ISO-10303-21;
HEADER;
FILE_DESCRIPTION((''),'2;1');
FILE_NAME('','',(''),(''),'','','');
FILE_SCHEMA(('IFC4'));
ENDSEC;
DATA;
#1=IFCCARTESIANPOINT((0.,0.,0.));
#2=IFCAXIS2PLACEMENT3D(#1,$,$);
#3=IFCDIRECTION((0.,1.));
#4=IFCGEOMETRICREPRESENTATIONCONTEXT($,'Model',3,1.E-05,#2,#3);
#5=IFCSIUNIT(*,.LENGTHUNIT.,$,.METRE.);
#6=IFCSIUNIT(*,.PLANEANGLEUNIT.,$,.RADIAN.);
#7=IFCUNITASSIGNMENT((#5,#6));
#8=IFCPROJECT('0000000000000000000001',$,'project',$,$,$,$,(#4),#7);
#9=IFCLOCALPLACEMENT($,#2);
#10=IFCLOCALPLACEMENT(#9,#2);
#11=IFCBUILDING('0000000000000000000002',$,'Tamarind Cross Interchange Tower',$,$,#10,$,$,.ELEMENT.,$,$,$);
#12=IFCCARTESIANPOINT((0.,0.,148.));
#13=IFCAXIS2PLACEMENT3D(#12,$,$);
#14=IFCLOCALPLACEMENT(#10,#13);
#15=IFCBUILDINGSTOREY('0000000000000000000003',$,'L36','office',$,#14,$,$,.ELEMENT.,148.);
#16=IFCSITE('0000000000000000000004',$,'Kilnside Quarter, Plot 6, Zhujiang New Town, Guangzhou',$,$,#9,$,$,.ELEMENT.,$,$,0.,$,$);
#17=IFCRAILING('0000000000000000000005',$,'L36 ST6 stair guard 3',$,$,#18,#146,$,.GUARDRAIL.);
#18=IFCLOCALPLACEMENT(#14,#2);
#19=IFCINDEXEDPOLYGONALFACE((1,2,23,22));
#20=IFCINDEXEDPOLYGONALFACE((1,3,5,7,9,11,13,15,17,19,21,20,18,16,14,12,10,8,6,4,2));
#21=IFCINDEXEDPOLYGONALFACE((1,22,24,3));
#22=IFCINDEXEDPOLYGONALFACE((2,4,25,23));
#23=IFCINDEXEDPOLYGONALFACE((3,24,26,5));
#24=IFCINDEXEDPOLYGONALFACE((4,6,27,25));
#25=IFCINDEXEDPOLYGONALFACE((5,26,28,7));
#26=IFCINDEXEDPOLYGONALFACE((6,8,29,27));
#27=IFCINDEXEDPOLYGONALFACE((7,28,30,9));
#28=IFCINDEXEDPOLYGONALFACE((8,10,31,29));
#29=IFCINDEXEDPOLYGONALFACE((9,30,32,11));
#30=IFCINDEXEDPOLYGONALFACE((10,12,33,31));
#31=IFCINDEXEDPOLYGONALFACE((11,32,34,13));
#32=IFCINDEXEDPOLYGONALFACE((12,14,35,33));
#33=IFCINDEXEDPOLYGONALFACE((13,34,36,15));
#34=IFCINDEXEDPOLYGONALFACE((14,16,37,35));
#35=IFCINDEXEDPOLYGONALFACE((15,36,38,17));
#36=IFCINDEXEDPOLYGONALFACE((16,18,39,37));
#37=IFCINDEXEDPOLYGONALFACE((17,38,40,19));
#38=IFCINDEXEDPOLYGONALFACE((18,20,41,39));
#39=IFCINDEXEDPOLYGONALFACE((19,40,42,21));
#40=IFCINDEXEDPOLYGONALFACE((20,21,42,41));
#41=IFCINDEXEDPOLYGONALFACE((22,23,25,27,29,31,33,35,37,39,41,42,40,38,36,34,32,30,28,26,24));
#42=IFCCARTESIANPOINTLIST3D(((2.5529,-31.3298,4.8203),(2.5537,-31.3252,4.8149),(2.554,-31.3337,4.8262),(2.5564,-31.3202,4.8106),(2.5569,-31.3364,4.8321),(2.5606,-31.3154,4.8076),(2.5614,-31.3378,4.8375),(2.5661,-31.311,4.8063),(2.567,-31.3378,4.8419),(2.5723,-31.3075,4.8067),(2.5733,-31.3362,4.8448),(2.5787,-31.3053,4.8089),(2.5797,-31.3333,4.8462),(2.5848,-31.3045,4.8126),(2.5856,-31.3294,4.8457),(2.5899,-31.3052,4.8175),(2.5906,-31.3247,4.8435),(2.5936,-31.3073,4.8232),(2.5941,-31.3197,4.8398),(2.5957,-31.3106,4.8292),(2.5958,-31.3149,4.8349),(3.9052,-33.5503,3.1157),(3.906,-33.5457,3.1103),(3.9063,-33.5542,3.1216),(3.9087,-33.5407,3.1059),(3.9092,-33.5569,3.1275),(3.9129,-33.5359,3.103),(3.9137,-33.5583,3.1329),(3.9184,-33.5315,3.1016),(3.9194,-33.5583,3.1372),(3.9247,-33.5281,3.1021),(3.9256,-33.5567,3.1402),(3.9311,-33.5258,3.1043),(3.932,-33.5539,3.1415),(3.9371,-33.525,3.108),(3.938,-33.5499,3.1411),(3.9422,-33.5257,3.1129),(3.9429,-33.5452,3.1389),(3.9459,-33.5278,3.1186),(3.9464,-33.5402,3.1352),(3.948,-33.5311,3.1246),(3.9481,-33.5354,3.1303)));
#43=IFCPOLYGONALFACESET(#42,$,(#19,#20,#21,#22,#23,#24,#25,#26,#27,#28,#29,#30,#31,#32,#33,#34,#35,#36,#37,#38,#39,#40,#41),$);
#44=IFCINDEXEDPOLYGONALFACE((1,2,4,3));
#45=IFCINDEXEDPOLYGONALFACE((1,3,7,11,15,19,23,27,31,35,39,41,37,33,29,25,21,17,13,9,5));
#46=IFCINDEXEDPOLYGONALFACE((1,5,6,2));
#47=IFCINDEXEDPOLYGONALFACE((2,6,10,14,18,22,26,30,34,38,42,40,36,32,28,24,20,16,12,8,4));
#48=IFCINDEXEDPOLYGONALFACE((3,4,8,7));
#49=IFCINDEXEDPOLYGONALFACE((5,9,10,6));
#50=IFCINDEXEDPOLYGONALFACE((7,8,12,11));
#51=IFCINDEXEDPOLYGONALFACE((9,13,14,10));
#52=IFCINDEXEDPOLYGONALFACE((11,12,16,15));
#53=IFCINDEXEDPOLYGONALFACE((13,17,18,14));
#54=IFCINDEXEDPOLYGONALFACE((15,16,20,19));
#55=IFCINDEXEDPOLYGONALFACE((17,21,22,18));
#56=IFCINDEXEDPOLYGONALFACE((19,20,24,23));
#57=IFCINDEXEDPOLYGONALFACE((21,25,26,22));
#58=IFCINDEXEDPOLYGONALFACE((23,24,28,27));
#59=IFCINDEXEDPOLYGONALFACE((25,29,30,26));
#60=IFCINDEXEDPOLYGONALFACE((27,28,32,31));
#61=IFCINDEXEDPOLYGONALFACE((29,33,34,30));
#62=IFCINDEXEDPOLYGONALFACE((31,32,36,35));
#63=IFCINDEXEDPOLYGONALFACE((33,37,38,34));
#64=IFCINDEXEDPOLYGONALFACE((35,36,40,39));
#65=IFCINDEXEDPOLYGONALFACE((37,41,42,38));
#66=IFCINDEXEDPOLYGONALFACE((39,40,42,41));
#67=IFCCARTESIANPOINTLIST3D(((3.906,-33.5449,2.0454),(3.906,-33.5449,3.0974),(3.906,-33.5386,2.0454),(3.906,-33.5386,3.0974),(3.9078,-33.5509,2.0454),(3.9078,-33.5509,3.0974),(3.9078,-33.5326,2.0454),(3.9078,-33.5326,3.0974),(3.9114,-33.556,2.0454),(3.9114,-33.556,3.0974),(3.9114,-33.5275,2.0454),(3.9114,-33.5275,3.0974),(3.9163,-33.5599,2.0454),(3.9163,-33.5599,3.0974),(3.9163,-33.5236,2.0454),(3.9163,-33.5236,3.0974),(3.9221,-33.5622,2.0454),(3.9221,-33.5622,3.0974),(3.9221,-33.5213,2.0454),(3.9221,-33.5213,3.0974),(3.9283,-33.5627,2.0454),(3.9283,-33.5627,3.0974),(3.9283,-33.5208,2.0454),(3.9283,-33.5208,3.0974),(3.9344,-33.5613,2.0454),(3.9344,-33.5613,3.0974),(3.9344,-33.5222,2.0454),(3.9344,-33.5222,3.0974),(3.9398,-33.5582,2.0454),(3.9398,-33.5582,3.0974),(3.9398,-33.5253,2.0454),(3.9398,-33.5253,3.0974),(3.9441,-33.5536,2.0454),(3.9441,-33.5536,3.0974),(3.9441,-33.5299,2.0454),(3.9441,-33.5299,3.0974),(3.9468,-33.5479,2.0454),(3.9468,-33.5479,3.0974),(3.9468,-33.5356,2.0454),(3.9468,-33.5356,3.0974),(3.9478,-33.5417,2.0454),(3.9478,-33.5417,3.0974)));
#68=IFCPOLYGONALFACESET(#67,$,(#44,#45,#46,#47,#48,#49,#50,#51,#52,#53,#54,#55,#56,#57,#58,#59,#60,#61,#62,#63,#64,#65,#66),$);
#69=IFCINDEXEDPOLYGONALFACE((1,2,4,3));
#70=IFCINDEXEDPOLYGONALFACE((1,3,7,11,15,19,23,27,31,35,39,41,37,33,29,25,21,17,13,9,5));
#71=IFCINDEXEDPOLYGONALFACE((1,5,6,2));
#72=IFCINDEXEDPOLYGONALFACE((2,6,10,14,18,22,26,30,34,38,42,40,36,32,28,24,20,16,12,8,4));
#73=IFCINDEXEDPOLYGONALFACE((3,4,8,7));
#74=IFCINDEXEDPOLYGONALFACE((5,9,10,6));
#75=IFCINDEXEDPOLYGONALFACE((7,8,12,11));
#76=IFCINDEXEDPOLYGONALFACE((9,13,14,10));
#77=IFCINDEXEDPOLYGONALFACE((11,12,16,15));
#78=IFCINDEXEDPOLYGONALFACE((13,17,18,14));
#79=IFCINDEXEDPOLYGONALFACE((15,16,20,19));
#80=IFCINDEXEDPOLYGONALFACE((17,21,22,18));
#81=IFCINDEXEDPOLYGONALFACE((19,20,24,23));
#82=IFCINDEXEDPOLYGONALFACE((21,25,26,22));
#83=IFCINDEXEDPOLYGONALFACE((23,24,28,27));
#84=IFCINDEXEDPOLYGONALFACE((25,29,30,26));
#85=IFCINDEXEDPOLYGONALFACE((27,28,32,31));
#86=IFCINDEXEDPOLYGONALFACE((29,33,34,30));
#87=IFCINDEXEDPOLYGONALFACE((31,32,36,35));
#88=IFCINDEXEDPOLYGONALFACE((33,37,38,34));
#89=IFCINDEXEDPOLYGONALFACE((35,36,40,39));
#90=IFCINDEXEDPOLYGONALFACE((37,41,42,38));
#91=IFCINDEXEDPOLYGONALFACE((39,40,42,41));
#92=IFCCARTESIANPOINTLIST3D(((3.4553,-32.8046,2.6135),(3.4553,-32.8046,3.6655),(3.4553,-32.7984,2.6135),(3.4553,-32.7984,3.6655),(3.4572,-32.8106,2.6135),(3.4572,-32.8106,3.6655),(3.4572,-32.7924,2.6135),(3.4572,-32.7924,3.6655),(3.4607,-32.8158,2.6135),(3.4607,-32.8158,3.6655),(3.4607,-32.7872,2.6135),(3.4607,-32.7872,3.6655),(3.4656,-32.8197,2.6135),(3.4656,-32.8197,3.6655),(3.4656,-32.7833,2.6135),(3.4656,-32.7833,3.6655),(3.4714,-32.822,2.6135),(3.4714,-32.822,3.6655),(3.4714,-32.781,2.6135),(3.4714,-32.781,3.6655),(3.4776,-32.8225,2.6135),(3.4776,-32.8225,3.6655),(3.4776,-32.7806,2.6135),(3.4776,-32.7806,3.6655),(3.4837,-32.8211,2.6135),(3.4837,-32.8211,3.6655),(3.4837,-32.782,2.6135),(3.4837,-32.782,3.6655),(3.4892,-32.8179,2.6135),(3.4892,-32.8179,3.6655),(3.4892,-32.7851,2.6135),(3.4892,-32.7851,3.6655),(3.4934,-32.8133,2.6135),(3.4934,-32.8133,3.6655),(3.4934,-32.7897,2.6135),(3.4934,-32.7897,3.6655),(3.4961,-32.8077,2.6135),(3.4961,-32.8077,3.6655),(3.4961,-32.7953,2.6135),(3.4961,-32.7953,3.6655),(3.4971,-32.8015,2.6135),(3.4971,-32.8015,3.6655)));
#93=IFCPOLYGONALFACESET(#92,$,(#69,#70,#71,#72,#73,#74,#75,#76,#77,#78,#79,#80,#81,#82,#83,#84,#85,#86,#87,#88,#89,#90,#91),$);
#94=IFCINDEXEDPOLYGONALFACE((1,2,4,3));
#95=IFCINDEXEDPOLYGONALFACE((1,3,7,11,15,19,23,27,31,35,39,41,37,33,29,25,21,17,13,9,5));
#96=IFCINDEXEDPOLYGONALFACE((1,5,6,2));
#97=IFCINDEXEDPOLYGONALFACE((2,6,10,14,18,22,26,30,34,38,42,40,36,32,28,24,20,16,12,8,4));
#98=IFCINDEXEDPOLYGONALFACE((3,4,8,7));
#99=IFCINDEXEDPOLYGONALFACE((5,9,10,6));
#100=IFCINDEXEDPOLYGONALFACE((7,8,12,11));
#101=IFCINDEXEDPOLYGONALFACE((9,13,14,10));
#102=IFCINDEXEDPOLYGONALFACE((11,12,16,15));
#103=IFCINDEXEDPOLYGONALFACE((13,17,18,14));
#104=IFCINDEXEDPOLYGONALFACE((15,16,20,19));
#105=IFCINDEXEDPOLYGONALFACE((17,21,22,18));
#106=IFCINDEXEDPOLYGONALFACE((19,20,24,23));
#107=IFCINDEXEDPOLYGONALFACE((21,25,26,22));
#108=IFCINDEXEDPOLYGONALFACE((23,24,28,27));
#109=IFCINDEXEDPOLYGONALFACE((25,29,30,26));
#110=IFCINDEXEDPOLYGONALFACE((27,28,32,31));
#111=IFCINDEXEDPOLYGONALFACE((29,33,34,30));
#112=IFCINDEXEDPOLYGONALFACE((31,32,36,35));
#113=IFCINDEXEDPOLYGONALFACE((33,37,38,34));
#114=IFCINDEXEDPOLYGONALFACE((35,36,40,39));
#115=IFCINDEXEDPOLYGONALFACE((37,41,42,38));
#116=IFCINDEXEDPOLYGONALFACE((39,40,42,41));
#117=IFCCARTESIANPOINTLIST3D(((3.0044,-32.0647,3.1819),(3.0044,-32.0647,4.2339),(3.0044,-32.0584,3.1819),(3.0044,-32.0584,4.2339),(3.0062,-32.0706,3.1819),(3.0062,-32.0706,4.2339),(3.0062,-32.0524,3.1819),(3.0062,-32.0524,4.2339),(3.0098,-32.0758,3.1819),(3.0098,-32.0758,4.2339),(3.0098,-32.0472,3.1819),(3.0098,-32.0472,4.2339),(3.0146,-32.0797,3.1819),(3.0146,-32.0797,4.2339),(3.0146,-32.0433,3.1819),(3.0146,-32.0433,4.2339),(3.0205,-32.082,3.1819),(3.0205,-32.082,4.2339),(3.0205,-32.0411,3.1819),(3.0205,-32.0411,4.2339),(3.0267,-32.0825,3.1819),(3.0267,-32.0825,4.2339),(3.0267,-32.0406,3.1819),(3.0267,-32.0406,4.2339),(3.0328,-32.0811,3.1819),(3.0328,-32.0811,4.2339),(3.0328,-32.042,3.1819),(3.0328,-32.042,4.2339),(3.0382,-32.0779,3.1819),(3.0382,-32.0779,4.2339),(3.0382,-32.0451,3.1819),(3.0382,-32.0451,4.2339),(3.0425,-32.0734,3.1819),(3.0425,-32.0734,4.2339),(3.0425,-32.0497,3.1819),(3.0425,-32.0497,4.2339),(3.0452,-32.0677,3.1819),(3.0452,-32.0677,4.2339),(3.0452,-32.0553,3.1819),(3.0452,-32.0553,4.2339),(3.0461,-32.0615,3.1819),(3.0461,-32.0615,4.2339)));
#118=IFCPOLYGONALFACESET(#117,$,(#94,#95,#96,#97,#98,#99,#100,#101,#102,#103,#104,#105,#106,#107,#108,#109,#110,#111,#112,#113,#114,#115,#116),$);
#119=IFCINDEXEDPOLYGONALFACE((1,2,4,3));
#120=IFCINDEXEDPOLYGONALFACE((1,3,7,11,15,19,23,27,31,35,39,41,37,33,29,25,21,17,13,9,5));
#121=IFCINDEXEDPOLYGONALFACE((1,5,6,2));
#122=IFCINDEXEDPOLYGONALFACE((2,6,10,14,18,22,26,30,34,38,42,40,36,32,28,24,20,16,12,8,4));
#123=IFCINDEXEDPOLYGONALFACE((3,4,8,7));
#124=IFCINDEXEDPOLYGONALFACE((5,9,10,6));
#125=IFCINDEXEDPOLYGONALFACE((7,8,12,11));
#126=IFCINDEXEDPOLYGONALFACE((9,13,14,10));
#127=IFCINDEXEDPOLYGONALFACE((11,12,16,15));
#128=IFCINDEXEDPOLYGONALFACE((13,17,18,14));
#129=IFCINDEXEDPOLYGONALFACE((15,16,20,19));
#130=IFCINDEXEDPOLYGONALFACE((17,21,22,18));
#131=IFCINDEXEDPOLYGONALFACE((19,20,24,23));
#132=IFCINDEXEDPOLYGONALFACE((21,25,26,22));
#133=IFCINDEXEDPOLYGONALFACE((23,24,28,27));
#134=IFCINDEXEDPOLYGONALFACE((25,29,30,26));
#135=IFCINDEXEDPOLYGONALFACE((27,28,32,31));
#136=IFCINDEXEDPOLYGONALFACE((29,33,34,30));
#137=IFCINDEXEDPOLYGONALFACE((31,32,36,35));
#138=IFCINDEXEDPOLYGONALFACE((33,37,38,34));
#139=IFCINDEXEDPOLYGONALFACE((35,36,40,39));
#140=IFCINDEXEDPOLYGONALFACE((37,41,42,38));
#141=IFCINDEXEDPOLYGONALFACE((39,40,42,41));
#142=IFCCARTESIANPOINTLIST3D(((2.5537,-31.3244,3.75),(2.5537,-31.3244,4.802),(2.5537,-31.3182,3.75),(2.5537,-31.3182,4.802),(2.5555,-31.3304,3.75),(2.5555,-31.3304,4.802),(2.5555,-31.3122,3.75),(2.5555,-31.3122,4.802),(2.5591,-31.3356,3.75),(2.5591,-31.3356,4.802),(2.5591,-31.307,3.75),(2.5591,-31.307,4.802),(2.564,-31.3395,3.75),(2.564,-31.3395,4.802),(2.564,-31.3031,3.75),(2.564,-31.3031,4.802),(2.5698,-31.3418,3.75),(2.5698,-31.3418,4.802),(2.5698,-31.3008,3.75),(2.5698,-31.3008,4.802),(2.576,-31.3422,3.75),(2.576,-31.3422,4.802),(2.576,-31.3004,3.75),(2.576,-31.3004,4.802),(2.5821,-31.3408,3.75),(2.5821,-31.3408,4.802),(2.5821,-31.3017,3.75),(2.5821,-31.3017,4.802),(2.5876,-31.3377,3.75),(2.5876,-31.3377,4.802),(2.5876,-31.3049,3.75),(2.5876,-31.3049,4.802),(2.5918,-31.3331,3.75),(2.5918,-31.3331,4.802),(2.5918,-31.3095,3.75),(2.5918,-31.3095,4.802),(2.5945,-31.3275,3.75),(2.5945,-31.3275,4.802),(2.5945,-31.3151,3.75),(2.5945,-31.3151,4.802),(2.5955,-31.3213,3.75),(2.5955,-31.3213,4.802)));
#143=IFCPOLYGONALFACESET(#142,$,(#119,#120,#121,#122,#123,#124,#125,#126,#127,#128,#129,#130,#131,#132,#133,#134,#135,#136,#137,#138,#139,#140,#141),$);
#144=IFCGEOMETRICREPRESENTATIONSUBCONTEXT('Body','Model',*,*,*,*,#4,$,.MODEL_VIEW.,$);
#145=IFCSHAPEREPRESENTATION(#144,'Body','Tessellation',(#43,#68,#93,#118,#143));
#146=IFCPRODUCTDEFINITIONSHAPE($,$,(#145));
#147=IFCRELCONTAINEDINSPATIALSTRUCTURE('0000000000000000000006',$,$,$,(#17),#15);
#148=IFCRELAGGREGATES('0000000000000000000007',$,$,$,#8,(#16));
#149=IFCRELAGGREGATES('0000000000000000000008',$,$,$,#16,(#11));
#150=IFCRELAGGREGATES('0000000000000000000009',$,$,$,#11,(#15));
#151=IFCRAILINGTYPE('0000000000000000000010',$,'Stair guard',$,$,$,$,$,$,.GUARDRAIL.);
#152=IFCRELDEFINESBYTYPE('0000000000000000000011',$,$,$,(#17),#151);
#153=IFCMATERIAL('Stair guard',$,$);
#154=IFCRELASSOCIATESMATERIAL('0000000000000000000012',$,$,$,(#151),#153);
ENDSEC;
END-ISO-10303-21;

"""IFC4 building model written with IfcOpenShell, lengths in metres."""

from ifc_helpers import new_model, si_unit, direction, frame, origin, origin_2d, place, context, subcontext, project, spatial, circle, extrude, material, type_object, element, save


model = new_model("IFC4")

# Units and contexts
model_context = context("Model", 3, precision=1e-05, world=origin(), true_north=direction((0.0, 1.0)))
body_context = subcontext(model_context, "Body", "Model", "MODEL_VIEW")
ifc_project = project(units=[si_unit("LENGTHUNIT", "METRE"), si_unit("PLANEANGLEUNIT", "RADIAN")], contexts=[model_context])

# Site, building, storey
site_placement = place(None, origin())
site = spatial("IfcSite", under=ifc_project, at=site_placement, Name="Kilnside Quarter, Plot 6, Zhujiang New Town, Guangzhou", CompositionType="ELEMENT", RefElevation=0.0)
building_placement = place(site_placement, origin())
building = spatial("IfcBuilding", under=site, at=building_placement, Name="Tamarind Cross Interchange Tower", CompositionType="ELEMENT")
storey_placement = place(building_placement, frame((0.0, 0.0, 148.0)))
storey = spatial("IfcBuildingStorey", under=building, at=storey_placement, Name="L36", Description="office", CompositionType="ELEMENT", Elevation=148.0)

# Railing
ifc_material_1 = material(Name="Stair guard")
railing_type_1 = type_object("IfcRailingType", Name="Stair guard", PredefinedType="GUARDRAIL", material=ifc_material_1)
railing_1_placement = place(storey_placement, frame((3.9268, -33.5417, 2.0454)))
element("IfcRailing", 1, at=railing_1_placement, inside=storey, type_object=railing_type_1, Name="L36 ST6 stair guard 3", PredefinedType="GUARDRAIL", context=body_context, shape_type="SweptSolid", body=[
    extrude(circle(Radius=0.0239, at=origin_2d()), frame((0.0, 0.0, 1.0762), z_axis=(-0.434986, 0.714245, 0.548308), x_axis=(-0.854077, -0.520147, 0.0)), (0.0, 0.0, 1.0), 3.1089),
    extrude(circle(Radius=0.021, at=origin_2d()), origin(), (0.0, 0.0, 1.0), 1.052),
    extrude(circle(Radius=0.021, at=origin_2d()), frame((-0.4507, 0.7402, 0.5681)), (0.0, 0.0, 1.0), 1.052),
    extrude(circle(Radius=0.021, at=origin_2d()), frame((-0.9016, 1.4802, 1.1365)), (0.0, 0.0, 1.0), 1.052),
    extrude(circle(Radius=0.021, at=origin_2d()), frame((-1.3523, 2.2205, 1.7046)), (0.0, 0.0, 1.0), 1.052),
])

save(model, "model.ifc")
